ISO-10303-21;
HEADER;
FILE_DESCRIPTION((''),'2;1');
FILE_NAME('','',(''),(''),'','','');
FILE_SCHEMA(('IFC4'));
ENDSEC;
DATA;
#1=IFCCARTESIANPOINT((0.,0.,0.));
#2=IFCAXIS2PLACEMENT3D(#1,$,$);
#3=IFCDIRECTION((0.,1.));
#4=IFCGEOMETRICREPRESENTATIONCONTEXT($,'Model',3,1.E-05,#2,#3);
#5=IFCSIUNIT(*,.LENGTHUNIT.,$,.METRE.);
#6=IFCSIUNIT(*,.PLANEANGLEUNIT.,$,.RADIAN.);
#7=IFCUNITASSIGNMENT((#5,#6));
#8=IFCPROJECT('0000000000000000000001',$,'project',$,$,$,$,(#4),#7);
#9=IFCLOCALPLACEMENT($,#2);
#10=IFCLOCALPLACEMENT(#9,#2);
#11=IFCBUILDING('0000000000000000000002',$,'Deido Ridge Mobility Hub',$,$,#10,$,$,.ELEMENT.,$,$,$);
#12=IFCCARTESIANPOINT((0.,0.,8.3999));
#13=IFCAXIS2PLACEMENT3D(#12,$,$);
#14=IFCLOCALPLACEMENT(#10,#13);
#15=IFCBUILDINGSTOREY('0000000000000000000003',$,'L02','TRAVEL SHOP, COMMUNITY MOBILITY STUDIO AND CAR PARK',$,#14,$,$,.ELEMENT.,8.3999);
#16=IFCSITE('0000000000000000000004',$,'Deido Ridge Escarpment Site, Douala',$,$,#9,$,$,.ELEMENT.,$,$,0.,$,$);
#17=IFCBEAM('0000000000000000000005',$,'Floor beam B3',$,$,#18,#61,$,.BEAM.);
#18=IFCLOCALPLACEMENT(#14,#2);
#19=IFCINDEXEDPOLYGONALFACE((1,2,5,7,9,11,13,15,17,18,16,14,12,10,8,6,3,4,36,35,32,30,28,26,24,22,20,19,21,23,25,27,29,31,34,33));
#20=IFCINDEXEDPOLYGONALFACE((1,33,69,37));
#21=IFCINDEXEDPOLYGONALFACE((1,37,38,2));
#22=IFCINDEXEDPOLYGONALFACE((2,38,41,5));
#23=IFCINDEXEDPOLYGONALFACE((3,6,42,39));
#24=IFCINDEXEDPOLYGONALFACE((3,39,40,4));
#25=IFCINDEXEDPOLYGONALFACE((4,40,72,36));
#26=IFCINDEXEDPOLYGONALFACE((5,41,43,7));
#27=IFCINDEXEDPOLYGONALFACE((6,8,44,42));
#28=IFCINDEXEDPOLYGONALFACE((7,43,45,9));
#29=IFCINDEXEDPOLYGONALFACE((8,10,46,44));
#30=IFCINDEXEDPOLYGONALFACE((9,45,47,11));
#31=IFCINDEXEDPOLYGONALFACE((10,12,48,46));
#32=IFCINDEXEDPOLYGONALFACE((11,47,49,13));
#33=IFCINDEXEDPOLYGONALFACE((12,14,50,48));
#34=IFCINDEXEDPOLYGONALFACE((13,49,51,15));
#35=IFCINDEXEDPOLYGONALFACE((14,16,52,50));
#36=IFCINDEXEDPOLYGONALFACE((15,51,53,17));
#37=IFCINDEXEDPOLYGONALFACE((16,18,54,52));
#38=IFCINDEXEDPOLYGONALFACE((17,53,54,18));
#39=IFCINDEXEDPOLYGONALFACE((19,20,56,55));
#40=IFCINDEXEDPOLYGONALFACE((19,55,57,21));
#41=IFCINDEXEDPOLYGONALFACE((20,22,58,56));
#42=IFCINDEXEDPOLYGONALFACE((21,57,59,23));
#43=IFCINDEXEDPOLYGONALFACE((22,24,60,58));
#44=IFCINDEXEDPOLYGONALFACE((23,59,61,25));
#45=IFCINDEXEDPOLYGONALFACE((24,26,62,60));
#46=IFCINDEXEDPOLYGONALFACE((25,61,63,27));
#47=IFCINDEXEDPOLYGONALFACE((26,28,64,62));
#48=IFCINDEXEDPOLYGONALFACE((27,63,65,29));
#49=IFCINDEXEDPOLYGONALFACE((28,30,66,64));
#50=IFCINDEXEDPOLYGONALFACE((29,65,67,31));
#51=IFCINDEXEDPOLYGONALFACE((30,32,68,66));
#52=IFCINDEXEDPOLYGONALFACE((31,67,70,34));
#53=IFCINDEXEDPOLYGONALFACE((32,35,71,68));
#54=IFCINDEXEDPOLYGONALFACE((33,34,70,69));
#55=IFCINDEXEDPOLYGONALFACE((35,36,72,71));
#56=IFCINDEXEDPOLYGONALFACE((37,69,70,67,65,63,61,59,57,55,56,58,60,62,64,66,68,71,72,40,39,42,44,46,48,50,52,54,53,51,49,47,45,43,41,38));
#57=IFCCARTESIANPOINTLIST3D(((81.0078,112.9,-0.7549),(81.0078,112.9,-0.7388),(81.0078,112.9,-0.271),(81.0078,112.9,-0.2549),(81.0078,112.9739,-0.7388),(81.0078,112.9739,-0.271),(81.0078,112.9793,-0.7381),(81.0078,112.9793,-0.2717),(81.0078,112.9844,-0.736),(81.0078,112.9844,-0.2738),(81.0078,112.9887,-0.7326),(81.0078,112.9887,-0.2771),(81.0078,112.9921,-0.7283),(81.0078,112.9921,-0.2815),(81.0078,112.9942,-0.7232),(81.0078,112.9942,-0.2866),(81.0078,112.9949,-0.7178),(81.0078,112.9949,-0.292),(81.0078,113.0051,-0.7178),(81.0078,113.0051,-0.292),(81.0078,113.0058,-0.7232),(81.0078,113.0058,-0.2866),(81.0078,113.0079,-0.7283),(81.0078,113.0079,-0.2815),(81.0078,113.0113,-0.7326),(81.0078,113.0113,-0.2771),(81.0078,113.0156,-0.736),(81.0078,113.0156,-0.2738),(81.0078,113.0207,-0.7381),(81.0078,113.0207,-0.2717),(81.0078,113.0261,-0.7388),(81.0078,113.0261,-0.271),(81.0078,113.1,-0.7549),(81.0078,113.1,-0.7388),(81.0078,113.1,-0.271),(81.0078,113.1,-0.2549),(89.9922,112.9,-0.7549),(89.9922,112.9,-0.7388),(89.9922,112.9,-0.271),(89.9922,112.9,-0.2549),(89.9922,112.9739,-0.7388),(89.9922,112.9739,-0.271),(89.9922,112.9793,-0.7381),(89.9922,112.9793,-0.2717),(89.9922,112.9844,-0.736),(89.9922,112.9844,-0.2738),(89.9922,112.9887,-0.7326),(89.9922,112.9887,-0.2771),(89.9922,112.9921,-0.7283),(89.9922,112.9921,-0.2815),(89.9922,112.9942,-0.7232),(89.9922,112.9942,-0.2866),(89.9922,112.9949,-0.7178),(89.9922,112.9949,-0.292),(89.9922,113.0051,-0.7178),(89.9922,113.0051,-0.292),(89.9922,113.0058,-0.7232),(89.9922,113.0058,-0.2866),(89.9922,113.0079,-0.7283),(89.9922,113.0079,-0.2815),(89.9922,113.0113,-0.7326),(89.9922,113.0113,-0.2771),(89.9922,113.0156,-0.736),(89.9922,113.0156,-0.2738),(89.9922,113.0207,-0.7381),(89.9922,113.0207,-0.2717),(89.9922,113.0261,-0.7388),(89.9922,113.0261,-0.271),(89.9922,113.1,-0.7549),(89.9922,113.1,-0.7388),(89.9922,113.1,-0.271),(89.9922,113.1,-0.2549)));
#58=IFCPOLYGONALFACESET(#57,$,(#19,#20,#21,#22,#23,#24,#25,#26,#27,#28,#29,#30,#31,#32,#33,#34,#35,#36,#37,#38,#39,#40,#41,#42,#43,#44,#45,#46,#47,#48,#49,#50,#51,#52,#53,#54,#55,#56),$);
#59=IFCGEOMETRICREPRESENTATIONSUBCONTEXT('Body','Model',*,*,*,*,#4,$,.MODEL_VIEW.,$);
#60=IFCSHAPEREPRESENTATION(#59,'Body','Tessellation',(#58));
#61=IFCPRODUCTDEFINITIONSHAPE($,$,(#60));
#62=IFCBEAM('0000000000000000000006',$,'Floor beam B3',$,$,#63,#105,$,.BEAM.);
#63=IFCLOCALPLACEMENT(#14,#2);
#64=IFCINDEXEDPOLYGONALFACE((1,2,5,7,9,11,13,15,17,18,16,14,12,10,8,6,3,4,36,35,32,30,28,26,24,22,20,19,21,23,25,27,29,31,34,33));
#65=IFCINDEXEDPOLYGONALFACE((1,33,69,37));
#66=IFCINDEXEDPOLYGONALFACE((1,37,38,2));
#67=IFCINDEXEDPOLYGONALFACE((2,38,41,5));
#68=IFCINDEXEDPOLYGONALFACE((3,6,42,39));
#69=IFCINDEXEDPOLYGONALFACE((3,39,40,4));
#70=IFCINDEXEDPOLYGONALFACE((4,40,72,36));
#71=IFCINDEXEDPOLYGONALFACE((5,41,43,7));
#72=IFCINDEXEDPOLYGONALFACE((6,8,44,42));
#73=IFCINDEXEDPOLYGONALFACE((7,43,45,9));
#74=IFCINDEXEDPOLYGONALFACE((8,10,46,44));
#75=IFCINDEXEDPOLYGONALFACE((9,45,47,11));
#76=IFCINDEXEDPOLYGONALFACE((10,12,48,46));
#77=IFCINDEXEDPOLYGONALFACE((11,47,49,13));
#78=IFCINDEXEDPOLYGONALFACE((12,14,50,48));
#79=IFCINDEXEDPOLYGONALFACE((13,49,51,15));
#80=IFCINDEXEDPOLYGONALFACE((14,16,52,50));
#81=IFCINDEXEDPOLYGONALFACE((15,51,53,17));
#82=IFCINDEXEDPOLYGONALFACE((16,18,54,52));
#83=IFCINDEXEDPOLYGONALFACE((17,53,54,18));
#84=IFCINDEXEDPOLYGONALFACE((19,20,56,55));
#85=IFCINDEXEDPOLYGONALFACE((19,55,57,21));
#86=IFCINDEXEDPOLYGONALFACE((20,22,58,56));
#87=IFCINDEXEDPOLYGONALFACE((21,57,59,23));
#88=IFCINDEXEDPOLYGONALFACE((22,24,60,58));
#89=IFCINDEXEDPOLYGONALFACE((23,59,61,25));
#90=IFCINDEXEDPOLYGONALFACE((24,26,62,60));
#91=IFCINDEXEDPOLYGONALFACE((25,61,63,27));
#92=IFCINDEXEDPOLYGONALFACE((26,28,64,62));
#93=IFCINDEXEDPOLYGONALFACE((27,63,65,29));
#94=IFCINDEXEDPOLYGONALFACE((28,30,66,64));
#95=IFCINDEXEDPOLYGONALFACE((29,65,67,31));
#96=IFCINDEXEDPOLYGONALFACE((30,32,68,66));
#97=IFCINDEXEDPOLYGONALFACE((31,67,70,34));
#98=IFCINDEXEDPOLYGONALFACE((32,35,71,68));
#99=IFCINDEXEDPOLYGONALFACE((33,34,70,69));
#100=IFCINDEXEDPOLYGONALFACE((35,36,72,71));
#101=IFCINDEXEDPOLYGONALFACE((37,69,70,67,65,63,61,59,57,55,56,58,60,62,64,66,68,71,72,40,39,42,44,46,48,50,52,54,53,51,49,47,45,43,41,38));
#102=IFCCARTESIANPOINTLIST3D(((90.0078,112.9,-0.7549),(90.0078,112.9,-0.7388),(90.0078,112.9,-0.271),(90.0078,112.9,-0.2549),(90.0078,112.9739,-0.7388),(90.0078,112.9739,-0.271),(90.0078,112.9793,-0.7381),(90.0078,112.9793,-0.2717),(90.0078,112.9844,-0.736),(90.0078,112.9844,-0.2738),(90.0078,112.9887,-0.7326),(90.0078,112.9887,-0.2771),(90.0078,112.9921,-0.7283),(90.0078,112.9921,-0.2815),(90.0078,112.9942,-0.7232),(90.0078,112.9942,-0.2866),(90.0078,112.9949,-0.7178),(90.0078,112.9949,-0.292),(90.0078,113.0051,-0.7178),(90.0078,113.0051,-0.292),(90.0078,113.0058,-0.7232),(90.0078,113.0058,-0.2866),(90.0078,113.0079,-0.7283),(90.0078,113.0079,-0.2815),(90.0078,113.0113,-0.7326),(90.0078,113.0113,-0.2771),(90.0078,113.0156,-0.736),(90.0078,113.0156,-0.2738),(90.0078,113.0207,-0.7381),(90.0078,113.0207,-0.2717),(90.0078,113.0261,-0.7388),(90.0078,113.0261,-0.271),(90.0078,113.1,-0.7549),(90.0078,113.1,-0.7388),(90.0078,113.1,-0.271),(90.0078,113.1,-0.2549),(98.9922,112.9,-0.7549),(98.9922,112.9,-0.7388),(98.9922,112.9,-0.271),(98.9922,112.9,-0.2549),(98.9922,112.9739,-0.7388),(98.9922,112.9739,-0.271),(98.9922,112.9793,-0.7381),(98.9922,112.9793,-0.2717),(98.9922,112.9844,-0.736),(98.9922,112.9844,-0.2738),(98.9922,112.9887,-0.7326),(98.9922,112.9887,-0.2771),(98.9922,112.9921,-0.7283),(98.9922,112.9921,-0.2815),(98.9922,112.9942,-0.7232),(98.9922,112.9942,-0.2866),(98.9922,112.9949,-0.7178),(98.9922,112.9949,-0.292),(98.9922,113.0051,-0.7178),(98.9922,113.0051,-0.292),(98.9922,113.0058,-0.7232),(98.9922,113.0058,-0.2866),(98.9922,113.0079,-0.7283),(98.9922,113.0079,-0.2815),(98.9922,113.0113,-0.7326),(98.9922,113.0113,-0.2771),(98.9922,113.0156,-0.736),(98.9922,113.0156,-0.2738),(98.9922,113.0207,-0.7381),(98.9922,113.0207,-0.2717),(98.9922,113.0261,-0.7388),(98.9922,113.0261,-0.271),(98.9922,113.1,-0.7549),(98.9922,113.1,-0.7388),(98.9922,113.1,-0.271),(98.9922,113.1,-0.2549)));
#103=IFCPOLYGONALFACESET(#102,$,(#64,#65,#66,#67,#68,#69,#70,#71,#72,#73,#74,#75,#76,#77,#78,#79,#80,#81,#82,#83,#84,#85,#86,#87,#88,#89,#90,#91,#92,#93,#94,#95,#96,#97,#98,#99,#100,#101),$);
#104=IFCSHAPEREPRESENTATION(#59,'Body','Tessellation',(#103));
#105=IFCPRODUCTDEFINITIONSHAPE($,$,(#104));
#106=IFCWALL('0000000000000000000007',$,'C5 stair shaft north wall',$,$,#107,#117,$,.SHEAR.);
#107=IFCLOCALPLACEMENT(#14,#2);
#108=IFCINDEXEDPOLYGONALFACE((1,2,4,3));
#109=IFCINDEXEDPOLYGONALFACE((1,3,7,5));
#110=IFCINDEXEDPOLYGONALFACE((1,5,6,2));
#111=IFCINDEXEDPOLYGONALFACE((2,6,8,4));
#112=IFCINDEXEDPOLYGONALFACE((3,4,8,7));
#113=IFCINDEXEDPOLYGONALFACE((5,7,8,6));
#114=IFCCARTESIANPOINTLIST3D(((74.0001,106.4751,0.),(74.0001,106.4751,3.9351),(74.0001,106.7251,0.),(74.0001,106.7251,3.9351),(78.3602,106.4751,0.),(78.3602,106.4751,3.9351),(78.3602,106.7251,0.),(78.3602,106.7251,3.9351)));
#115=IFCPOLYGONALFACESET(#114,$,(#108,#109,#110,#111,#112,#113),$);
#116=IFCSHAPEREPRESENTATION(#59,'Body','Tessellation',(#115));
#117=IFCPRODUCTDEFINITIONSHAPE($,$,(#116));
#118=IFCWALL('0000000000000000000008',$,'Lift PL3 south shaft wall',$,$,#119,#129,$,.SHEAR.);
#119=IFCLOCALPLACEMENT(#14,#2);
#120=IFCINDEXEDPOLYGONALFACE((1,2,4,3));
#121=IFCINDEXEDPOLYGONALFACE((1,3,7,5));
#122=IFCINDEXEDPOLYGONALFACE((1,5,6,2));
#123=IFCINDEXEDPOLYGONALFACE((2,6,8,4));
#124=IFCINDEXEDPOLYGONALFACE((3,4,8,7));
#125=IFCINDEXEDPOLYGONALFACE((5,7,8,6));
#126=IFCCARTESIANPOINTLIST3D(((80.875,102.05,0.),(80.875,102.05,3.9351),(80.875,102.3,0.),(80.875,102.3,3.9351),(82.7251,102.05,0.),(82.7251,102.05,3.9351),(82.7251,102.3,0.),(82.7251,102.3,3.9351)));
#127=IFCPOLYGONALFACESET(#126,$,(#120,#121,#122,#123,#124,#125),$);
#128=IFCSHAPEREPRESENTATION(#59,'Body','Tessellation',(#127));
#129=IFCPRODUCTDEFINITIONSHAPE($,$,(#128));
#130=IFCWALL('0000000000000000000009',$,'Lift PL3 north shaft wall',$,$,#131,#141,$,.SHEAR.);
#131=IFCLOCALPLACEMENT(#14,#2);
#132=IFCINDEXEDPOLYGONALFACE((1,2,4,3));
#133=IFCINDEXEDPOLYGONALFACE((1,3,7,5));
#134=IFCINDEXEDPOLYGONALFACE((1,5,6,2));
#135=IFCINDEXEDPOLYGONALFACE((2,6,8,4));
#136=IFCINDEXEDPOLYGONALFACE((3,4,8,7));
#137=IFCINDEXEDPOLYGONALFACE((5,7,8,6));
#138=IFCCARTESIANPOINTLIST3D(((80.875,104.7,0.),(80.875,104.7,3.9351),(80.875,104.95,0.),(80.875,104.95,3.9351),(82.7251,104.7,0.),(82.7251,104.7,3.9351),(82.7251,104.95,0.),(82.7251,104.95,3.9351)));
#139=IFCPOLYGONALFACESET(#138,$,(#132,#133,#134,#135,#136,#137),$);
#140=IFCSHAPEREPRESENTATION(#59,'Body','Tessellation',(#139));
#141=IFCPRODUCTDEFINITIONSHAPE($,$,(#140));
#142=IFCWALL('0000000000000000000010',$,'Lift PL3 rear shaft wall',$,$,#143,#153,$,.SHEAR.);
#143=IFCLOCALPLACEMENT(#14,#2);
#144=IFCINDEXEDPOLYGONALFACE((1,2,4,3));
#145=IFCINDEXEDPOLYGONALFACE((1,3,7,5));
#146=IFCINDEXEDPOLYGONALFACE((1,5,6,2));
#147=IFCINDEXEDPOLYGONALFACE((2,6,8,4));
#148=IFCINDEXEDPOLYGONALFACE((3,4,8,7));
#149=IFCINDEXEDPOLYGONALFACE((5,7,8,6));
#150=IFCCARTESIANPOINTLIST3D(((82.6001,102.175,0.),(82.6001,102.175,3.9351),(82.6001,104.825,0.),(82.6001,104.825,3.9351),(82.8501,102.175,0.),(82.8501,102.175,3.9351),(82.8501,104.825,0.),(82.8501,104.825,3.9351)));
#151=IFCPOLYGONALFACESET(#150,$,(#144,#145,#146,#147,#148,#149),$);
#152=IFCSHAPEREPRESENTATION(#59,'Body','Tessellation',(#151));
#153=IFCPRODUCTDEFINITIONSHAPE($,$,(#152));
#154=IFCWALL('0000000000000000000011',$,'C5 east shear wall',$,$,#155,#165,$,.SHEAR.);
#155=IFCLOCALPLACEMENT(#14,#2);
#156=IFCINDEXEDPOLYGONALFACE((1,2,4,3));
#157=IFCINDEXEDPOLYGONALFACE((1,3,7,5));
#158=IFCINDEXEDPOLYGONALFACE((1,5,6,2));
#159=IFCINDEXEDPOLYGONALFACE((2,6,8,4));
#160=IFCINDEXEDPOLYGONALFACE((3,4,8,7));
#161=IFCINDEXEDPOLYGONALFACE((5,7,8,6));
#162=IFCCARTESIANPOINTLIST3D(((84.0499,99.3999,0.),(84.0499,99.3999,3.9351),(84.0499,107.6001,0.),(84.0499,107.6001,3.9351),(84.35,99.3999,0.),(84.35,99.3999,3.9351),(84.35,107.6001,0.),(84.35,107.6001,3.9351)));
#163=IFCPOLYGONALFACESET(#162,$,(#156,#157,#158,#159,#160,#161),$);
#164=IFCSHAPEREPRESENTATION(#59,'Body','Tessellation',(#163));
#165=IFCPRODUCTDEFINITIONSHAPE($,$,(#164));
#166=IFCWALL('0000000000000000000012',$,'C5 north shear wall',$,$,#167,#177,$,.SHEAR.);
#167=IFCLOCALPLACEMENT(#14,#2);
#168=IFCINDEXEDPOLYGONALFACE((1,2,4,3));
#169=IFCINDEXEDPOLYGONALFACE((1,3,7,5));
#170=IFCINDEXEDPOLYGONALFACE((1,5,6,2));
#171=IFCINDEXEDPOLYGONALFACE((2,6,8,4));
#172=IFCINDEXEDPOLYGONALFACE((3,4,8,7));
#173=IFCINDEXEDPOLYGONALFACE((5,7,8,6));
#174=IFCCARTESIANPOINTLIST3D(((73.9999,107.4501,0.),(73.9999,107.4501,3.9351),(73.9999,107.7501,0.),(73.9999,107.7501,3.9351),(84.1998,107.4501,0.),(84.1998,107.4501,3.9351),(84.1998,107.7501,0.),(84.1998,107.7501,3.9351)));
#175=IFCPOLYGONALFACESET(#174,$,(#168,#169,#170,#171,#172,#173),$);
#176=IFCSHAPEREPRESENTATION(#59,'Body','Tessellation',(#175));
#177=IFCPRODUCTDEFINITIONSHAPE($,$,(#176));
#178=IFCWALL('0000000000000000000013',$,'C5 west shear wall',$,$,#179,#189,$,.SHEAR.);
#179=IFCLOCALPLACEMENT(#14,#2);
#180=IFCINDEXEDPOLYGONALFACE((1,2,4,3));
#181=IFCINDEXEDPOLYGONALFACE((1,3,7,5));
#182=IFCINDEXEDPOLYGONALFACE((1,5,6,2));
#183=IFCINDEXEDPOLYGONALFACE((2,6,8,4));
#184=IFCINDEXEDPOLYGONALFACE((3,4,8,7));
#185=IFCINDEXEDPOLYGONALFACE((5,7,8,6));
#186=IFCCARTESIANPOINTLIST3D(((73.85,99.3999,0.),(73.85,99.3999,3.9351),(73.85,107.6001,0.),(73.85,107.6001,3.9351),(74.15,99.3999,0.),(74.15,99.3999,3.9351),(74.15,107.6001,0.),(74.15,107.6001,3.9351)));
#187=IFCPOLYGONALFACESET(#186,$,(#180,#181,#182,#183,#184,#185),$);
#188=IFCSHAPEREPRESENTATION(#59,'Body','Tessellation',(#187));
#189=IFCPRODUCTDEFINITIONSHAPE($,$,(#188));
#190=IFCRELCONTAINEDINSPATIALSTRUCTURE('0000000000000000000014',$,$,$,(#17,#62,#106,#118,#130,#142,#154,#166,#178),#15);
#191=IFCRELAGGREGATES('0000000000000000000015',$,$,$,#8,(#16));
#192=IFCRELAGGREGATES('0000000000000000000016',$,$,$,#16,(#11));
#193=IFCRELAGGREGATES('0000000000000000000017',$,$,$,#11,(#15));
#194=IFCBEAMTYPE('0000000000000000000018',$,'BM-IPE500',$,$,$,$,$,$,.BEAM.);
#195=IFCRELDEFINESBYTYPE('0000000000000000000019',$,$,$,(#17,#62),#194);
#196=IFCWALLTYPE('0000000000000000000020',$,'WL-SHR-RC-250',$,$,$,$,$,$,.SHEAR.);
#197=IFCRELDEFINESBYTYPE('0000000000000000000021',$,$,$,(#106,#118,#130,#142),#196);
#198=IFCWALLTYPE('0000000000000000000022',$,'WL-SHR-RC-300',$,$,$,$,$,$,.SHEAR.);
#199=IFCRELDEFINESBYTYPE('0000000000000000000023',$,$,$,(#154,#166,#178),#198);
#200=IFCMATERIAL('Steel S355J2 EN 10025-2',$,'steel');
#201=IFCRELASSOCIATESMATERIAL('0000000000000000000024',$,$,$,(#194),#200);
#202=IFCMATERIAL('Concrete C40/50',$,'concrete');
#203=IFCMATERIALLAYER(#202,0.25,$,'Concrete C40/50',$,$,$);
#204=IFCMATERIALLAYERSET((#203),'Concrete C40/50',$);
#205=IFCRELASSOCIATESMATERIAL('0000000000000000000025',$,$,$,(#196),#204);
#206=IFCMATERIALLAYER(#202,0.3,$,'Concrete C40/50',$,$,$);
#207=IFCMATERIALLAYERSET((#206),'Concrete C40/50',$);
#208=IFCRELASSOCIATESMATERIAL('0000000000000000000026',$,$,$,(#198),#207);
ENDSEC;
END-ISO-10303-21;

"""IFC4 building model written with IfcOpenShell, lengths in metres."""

from ifc_helpers import new_model, si_unit, direction, frame, frame_2d, origin, origin_2d, place, context, subcontext, project, spatial, rectangle, i_section, extrude, material, layer, layer_set, material_profile, profile_set, type_object, element, save


model = new_model("IFC4")

# Units and contexts
model_context = context("Model", 3, precision=1e-05, world=origin(), true_north=direction((0.0, 1.0)))
body_context = subcontext(model_context, "Body", "Model", "MODEL_VIEW")
ifc_project = project(units=[si_unit("LENGTHUNIT", "METRE"), si_unit("PLANEANGLEUNIT", "RADIAN")], contexts=[model_context])

# Site, building, storey
site_placement = place(None, origin())
site = spatial("IfcSite", under=ifc_project, at=site_placement, Name="Deido Ridge Escarpment Site, Douala", CompositionType="ELEMENT", RefElevation=0.0)
building_placement = place(site_placement, origin())
building = spatial("IfcBuilding", under=site, at=building_placement, Name="Deido Ridge Mobility Hub", CompositionType="ELEMENT")
storey_placement = place(building_placement, frame((0.0, 0.0, 8.3999)))
storey = spatial("IfcBuildingStorey", under=building, at=storey_placement, Name="L02", Description="TRAVEL SHOP, COMMUNITY MOBILITY STUDIO AND CAR PARK", CompositionType="ELEMENT", Elevation=8.3999)

# Shared definitions
ifc_material_1 = material(Name="Steel S355J2 EN 10025-2", Category="steel")

# Beams
ifc_material_profile_1 = material_profile(ifc_material_1, i_section(OverallWidth=0.2, OverallDepth=0.5, WebThickness=0.0103, FlangeThickness=0.0161, FilletRadius=0.021, at=origin_2d()), Name="IPE 500")
ifc_profile_set_1 = profile_set([ifc_material_profile_1], Name="Steel S355J2 EN 10025-2")
beam_type_1 = type_object("IfcBeamType", Name="BM-IPE500", PredefinedType="BEAM", material=ifc_profile_set_1)
for number, where, z_axis, x_axis, name in (
    (1, (81.0078, 113.0, -0.5049), (1.0, 0.0, 0.0), (0.0, 1.0, 0.0), "Floor beam B3"),
    (2, (90.0078, 113.0, -0.5049), (1.0, 0.0, 0.0), (0.0, 1.0, 0.0), "Floor beam B3"),
):
    element("IfcBeam", number, at=place(storey_placement, frame(where, z_axis=z_axis, x_axis=x_axis)), inside=storey, type_object=beam_type_1, Name=name, PredefinedType="BEAM", context=body_context, shape_type="SweptSolid", body=[
        extrude(i_section(OverallWidth=0.2, OverallDepth=0.5, WebThickness=0.0103, FlangeThickness=0.0161, FilletRadius=0.021, at=origin_2d()), origin(), (0.0, 0.0, 1.0), 8.9844),
    ])

# Walls
ifc_material_2 = material(Name="Concrete C40/50", Category="concrete")
ifc_layer_1 = layer(ifc_material_2, 0.25, Name="Concrete C40/50")
ifc_layer_set_1 = layer_set([ifc_layer_1], Name="Concrete C40/50")
wall_type_1 = type_object("IfcWallType", Name="WL-SHR-RC-250", PredefinedType="SHEAR", material=ifc_layer_set_1)
wall_1_placement = place(storey_placement, frame((74.0, 106.6001, 0.0), z_axis=(0.0, 0.0, 1.0), x_axis=(1.0, 0.0, 0.0)))
element("IfcWall", 3, at=wall_1_placement, inside=storey, type_object=wall_type_1, Name="C5 stair shaft north wall", PredefinedType="SHEAR", context=body_context, shape_type="SweptSolid", body=[
    extrude(rectangle(XDim=4.3601, YDim=0.25, at=frame_2d((2.1802, 0.0))), origin(), (0.0, 0.0, 1.0), 3.9351),
])
for number, where, z_axis, x_axis, name in (
    (4, (80.875, 102.175, 0.0), (0.0, 0.0, 1.0), (1.0, 0.0, 0.0), "Lift PL3 south shaft wall"),
    (5, (80.875, 104.825, 0.0), (0.0, 0.0, 1.0), (1.0, 0.0, 0.0), "Lift PL3 north shaft wall"),
):
    element("IfcWall", number, at=place(storey_placement, frame(where, z_axis=z_axis, x_axis=x_axis)), inside=storey, type_object=wall_type_1, Name=name, PredefinedType="SHEAR", context=body_context, shape_type="SweptSolid", body=[
        extrude(rectangle(XDim=1.8501, YDim=0.25, at=frame_2d((0.925, 0.0))), origin(), (0.0, 0.0, 1.0), 3.9351),
    ])
wall_2_placement = place(storey_placement, frame((82.7251, 102.175, 0.0), z_axis=(0.0, 0.0, 1.0), x_axis=(0.0, 1.0, 0.0)))
element("IfcWall", 6, at=wall_2_placement, inside=storey, type_object=wall_type_1, Name="Lift PL3 rear shaft wall", PredefinedType="SHEAR", context=body_context, shape_type="SweptSolid", body=[
    extrude(rectangle(XDim=2.6499, YDim=0.25, at=frame_2d((1.325, 0.0))), origin(), (0.0, 0.0, 1.0), 3.9351),
])

# Walls
ifc_layer_2 = layer(ifc_material_2, 0.3, Name="Concrete C40/50")
ifc_layer_set_2 = layer_set([ifc_layer_2], Name="Concrete C40/50")
wall_type_2 = type_object("IfcWallType", Name="WL-SHR-RC-300", PredefinedType="SHEAR", material=ifc_layer_set_2)
wall_3_placement = place(storey_placement, frame((84.2, 99.3999, 0.0), z_axis=(0.0, 0.0, 1.0), x_axis=(0.0, 1.0, 0.0)))
element("IfcWall", 7, at=wall_3_placement, inside=storey, type_object=wall_type_2, Name="C5 east shear wall", PredefinedType="SHEAR", context=body_context, shape_type="SweptSolid", body=[
    extrude(rectangle(XDim=8.2002, YDim=0.3, at=frame_2d((4.1001, 0.0))), origin(), (0.0, 0.0, 1.0), 3.9351),
])
wall_4_placement = place(storey_placement, frame((84.2, 107.6001, 0.0), z_axis=(0.0, 0.0, 1.0), x_axis=(-1.0, 0.0, 0.0)))
element("IfcWall", 8, at=wall_4_placement, inside=storey, type_object=wall_type_2, Name="C5 north shear wall", PredefinedType="SHEAR", context=body_context, shape_type="SweptSolid", body=[
    extrude(rectangle(XDim=10.2, YDim=0.3, at=frame_2d((5.1001, 0.0))), origin(), (0.0, 0.0, 1.0), 3.9351),
])
wall_5_placement = place(storey_placement, frame((74.0, 107.6001, 0.0), z_axis=(0.0, 0.0, 1.0), x_axis=(0.0, -1.0, 0.0)))
element("IfcWall", 9, at=wall_5_placement, inside=storey, type_object=wall_type_2, Name="C5 west shear wall", PredefinedType="SHEAR", context=body_context, shape_type="SweptSolid", body=[
    extrude(rectangle(XDim=8.2002, YDim=0.3, at=frame_2d((4.1001, 0.0))), origin(), (0.0, 0.0, 1.0), 3.9351),
])

save(model, "model.ifc")
